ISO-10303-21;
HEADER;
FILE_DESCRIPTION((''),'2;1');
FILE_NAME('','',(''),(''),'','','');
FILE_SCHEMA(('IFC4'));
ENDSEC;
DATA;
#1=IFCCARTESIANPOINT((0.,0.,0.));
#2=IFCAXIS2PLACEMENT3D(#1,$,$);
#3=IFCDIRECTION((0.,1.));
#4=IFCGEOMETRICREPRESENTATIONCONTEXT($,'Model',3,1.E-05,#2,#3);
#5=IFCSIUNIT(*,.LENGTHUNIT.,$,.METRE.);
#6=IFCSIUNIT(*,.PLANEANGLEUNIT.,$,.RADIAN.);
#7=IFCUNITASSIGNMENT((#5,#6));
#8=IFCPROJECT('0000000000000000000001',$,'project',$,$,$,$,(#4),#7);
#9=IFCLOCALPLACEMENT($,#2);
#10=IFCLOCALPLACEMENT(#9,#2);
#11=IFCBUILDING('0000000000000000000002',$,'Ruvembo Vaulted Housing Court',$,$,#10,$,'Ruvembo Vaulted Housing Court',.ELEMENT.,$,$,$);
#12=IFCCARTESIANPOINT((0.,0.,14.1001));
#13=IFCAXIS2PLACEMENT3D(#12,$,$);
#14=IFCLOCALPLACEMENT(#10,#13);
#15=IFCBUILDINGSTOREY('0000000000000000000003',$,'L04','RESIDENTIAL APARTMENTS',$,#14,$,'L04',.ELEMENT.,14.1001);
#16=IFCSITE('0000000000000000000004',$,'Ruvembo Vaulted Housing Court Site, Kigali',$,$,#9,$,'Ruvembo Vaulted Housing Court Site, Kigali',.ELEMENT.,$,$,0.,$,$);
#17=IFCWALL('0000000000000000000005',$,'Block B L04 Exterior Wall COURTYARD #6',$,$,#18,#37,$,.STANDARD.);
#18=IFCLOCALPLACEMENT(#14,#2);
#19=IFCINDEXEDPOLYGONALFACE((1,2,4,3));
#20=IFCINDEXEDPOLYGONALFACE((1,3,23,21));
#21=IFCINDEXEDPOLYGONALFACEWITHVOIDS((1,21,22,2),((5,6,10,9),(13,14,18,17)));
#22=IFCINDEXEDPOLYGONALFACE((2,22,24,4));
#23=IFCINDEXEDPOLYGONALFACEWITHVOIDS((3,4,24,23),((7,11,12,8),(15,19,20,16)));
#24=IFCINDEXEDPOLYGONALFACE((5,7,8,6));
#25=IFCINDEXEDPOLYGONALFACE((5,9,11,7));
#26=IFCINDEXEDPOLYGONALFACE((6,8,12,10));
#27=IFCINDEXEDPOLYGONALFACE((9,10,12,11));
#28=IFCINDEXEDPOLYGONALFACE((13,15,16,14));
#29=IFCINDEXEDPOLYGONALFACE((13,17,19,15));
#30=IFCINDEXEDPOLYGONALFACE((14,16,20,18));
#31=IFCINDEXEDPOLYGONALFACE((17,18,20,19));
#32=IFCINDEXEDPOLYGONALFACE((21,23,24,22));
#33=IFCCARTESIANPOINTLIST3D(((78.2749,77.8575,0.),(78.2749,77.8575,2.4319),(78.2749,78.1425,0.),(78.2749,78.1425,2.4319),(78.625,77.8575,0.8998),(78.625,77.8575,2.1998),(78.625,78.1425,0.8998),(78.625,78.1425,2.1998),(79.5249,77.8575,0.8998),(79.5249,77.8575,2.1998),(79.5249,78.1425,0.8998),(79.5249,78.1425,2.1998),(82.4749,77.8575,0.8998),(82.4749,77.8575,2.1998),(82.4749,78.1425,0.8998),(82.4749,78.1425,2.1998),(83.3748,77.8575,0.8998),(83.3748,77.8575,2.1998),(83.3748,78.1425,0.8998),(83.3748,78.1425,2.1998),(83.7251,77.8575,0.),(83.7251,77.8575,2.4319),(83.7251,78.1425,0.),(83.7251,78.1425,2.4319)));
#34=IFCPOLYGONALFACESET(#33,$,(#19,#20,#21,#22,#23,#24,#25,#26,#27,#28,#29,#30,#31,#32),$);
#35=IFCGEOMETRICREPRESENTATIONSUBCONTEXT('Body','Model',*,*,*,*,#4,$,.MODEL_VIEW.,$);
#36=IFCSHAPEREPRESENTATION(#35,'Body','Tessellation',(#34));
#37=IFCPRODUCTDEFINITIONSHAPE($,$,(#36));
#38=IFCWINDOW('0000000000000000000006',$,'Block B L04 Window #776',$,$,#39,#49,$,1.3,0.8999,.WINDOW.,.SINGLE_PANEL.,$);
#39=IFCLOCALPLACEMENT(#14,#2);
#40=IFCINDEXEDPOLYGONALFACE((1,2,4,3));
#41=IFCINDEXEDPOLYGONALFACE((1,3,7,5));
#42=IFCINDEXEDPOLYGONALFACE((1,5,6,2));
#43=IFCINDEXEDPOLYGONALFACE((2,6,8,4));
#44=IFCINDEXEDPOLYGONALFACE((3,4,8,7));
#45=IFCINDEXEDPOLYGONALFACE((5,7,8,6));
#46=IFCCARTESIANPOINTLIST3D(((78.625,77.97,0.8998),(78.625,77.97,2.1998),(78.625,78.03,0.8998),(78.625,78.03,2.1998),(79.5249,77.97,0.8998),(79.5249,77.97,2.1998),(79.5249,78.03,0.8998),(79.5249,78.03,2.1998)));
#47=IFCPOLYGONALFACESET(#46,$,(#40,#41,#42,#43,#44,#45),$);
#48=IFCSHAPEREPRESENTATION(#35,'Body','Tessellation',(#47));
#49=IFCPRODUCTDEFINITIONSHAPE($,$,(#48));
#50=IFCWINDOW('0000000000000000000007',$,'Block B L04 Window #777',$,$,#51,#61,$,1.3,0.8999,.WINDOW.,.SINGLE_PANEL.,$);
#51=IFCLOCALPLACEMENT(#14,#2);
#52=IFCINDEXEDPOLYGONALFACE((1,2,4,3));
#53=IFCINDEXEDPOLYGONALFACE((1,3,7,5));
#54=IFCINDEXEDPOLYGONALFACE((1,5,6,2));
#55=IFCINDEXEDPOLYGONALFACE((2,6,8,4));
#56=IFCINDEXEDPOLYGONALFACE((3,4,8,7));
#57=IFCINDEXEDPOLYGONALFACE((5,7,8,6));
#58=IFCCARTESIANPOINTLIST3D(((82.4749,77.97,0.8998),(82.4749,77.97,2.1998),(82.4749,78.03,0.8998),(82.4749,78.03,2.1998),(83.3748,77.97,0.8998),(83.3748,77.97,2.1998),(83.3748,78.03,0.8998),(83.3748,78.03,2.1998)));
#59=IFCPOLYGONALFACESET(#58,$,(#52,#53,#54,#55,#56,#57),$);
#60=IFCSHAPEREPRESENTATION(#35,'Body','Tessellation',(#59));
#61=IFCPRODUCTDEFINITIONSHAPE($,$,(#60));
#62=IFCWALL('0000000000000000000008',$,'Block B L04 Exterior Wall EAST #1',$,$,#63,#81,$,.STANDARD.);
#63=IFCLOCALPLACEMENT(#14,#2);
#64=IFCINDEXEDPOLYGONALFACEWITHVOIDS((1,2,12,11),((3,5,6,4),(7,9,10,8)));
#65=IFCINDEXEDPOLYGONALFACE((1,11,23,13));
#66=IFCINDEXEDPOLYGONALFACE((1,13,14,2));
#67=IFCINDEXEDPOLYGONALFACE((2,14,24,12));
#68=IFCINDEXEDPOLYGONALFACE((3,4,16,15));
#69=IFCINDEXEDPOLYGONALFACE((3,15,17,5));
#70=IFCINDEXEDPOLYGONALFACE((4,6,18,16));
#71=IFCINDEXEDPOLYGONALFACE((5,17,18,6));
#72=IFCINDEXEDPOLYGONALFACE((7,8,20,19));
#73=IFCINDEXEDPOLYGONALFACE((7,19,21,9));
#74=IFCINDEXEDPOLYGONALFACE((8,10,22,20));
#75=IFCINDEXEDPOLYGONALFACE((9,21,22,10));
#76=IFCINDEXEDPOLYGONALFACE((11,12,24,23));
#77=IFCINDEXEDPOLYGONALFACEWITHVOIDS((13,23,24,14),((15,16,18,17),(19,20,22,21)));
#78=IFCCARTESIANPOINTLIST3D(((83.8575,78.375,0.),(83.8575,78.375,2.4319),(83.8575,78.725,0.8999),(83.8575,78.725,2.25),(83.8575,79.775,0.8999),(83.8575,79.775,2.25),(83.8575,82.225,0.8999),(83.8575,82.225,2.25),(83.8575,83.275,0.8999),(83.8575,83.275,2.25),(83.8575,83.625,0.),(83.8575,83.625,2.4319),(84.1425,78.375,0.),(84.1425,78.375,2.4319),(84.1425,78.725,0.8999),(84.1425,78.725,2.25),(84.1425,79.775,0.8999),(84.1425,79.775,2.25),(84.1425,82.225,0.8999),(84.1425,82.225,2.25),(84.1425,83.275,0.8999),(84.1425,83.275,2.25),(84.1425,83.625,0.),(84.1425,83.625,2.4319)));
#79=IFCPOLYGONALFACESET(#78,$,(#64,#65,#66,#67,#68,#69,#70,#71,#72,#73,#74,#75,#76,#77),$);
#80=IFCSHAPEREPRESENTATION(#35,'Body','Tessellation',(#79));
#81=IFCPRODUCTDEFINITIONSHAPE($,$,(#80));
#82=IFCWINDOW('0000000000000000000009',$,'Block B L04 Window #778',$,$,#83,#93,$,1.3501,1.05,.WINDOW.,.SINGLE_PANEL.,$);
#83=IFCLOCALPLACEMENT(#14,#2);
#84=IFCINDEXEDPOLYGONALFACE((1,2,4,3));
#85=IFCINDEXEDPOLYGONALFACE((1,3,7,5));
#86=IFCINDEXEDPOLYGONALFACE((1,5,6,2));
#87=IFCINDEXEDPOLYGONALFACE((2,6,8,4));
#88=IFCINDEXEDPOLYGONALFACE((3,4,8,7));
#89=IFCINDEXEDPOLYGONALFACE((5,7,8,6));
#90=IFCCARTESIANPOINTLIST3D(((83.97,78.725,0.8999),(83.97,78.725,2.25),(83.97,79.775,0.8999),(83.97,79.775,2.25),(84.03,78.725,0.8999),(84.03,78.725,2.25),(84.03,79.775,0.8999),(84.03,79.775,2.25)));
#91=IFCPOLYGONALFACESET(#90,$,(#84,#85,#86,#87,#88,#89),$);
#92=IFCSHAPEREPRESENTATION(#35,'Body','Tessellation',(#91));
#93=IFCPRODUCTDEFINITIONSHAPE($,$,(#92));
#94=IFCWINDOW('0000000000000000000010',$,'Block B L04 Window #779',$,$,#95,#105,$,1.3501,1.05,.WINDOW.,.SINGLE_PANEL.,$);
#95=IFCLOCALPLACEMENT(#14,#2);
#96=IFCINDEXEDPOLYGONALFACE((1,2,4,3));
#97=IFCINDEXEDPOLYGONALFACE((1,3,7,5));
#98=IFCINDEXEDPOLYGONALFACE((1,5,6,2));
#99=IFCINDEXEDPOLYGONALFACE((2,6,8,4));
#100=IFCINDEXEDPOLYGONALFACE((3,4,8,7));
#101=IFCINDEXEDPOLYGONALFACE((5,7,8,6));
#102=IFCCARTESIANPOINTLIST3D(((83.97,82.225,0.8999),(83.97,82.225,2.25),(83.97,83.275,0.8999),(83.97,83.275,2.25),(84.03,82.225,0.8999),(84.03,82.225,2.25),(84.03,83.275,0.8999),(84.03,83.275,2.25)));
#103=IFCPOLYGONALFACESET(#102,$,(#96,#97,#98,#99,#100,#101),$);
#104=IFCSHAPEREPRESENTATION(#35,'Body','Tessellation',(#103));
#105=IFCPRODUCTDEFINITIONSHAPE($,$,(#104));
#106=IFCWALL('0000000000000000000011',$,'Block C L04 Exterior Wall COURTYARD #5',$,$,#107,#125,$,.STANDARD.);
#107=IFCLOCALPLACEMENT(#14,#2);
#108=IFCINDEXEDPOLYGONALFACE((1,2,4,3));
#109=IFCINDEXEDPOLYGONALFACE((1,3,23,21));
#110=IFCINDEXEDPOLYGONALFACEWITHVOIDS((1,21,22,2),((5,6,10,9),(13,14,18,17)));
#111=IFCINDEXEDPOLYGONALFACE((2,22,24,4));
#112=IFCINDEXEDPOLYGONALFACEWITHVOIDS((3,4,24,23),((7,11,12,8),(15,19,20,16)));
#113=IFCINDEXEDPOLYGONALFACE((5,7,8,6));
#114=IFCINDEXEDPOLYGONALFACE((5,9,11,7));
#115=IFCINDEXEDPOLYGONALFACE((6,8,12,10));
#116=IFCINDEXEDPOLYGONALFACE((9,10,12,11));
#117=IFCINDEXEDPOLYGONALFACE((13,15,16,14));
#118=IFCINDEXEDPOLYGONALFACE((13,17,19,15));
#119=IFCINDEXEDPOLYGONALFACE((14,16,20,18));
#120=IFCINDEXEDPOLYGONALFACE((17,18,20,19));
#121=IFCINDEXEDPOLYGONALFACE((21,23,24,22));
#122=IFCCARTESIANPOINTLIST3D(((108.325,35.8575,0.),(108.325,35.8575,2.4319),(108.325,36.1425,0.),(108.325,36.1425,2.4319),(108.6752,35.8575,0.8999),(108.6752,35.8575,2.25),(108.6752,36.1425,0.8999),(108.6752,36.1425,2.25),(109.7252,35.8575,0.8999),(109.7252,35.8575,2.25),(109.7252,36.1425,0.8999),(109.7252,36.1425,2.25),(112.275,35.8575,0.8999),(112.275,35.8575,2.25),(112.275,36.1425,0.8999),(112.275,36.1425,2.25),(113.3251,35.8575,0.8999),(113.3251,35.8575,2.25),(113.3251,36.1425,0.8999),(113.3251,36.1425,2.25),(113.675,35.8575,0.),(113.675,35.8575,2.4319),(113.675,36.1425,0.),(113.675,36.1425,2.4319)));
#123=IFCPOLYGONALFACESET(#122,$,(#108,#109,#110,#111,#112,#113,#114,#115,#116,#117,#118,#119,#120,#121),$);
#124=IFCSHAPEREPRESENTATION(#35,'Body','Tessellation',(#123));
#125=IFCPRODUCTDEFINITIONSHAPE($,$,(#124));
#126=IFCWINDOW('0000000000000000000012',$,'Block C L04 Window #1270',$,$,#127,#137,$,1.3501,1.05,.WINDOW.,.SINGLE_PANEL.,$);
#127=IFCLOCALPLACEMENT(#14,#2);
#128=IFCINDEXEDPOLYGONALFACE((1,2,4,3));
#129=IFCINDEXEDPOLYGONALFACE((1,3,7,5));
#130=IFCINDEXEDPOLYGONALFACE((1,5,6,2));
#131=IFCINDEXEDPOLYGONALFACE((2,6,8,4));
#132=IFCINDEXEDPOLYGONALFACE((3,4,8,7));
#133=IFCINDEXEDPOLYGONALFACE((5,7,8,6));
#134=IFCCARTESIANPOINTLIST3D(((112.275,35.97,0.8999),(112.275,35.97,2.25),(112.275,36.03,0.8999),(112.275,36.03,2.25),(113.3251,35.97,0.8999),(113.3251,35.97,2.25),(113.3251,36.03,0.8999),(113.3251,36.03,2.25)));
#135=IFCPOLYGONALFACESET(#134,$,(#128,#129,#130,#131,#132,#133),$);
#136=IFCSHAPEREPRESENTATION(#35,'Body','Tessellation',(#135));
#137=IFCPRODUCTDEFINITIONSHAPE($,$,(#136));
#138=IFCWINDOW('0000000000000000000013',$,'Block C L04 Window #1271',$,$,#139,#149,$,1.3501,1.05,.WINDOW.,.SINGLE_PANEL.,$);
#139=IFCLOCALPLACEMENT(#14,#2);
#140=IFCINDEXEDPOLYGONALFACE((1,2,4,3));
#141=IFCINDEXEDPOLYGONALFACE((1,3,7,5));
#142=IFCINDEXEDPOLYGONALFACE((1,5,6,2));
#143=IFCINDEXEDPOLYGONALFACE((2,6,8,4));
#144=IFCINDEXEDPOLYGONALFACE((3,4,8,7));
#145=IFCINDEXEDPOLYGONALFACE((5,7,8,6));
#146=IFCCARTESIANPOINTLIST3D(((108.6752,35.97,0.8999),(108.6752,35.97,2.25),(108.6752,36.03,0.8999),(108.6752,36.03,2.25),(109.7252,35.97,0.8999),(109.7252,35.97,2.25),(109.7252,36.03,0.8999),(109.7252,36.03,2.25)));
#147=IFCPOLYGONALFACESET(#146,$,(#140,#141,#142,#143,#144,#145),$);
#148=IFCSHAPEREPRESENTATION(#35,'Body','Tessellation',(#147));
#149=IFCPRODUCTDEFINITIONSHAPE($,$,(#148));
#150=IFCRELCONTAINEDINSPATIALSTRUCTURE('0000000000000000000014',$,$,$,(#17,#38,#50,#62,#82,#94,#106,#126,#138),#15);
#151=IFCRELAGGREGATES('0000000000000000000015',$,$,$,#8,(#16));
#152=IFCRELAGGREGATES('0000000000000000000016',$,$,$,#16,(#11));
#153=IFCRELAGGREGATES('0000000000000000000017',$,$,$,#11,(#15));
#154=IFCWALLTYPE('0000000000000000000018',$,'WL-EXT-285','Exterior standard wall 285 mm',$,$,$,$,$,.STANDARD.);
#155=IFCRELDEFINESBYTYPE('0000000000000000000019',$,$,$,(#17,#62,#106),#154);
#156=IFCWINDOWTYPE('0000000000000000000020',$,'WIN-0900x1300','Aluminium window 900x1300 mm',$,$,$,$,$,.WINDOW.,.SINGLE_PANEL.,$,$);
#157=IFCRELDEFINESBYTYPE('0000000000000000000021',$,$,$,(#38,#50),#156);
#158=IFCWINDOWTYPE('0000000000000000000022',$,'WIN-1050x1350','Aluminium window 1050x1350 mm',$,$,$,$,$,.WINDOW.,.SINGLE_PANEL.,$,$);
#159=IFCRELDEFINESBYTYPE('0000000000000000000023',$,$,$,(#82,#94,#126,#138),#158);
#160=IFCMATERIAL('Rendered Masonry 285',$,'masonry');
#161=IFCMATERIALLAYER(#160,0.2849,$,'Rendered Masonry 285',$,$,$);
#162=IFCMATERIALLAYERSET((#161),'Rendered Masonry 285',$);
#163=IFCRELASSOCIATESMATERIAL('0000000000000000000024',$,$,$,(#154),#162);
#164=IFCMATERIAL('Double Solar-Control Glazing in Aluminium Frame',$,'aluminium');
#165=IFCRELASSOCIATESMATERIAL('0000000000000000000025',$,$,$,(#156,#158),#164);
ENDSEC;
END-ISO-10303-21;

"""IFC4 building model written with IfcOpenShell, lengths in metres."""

from ifc_helpers import new_model, si_unit, direction, frame, frame_2d, origin, place, context, subcontext, project, spatial, rectangle, extrude, material, layer, layer_set, type_object, element, fill, save


model = new_model("IFC4")

# Units and contexts
model_context = context("Model", 3, precision=1e-05, world=origin(), true_north=direction((0.0, 1.0)))
body_context = subcontext(model_context, "Body", "Model", "MODEL_VIEW")
ifc_project = project(units=[si_unit("LENGTHUNIT", "METRE"), si_unit("PLANEANGLEUNIT", "RADIAN")], contexts=[model_context])

# Site, building, storey
site_placement = place(None, origin())
site = spatial("IfcSite", under=ifc_project, at=site_placement, Name="Ruvembo Vaulted Housing Court Site, Kigali", LongName="Ruvembo Vaulted Housing Court Site, Kigali", CompositionType="ELEMENT", RefElevation=0.0)
building_placement = place(site_placement, origin())
building = spatial("IfcBuilding", under=site, at=building_placement, Name="Ruvembo Vaulted Housing Court", LongName="Ruvembo Vaulted Housing Court", CompositionType="ELEMENT")
storey_placement = place(building_placement, frame((0.0, 0.0, 14.1001)))
storey = spatial("IfcBuildingStorey", under=building, at=storey_placement, Name="L04", Description="RESIDENTIAL APARTMENTS", LongName="L04", CompositionType="ELEMENT", Elevation=14.1001)

# Walls, openings, windows
ifc_material_1 = material(Name="Rendered Masonry 285", Category="masonry")
ifc_layer = layer(ifc_material_1, 0.2849, Name="Rendered Masonry 285")
ifc_layer_set = layer_set([ifc_layer], Name="Rendered Masonry 285")
wall_type = type_object("IfcWallType", Name="WL-EXT-285", Description="Exterior standard wall 285 mm", PredefinedType="STANDARD", material=ifc_layer_set)
wall_1_placement = place(storey_placement, frame((78.2749, 78.0, 0.0), z_axis=(0.0, 0.0, 1.0), x_axis=(1.0, 0.0, 0.0)))
wall_1 = element("IfcWall", 1, at=wall_1_placement, inside=storey, type_object=wall_type, Name="Block B L04 Exterior Wall COURTYARD #6", PredefinedType="STANDARD", context=body_context, shape_type="SweptSolid", body=[
    extrude(rectangle(XDim=5.4502, YDim=0.2849, at=frame_2d((2.7251, 0.0))), origin(), (0.0, 0.0, 1.0), 2.4319),
])
opening_1_placement = place(wall_1_placement, frame((0.3501, 0.0, 0.8999)))
opening_1 = element("IfcOpeningElement", 2, at=opening_1_placement, cuts=wall_1, PredefinedType="OPENING", context=body_context, shape_type="SweptSolid", body=[
    extrude(rectangle(XDim=0.8999, YDim=1.3, at=frame_2d((0.45, 0.6499))), frame((0.0, 0.1523, 0.0), z_axis=(0.0, -1.0, 0.0), x_axis=(1.0, 0.0, 0.0)), (0.0, 0.0, 1.0), 0.3049),
])
opening_2_placement = place(wall_1_placement, frame((4.2, 0.0, 0.8999)))
opening_2 = element("IfcOpeningElement", 3, at=opening_2_placement, cuts=wall_1, PredefinedType="OPENING", context=body_context, shape_type="SweptSolid", body=[
    extrude(rectangle(XDim=0.8999, YDim=1.3, at=frame_2d((0.45, 0.6499))), frame((0.0, 0.1523, 0.0), z_axis=(0.0, -1.0, 0.0), x_axis=(1.0, 0.0, 0.0)), (0.0, 0.0, 1.0), 0.3049),
])
ifc_material_2 = material(Name="Double Solar-Control Glazing in Aluminium Frame", Category="aluminium")
window_type_1 = type_object("IfcWindowType", Name="WIN-0900x1300", Description="Aluminium window 900x1300 mm", PartitioningType="SINGLE_PANEL", PredefinedType="WINDOW", material=ifc_material_2)
window_1_placement = place(opening_1_placement, origin())
window_1 = element("IfcWindow", 4, at=window_1_placement, inside=storey, type_object=window_type_1, Name="Block B L04 Window #776", OverallHeight=1.3, OverallWidth=0.8999, PartitioningType="SINGLE_PANEL", PredefinedType="WINDOW", context=body_context, shape_type="SweptSolid", body=[
    extrude(rectangle(XDim=0.8999, YDim=1.3, at=frame_2d((0.45, 0.6499))), frame((0.0, 0.03, 0.0), z_axis=(0.0, -1.0, 0.0), x_axis=(1.0, 0.0, 0.0)), (0.0, 0.0, 1.0), 0.0601),
])
fill(opening_1, window_1)
window_2_placement = place(opening_2_placement, origin())
window_2 = element("IfcWindow", 5, at=window_2_placement, inside=storey, type_object=window_type_1, Name="Block B L04 Window #777", OverallHeight=1.3, OverallWidth=0.8999, PartitioningType="SINGLE_PANEL", PredefinedType="WINDOW", context=body_context, shape_type="SweptSolid", body=[
    extrude(rectangle(XDim=0.8999, YDim=1.3, at=frame_2d((0.45, 0.6499))), frame((0.0, 0.03, 0.0), z_axis=(0.0, -1.0, 0.0), x_axis=(1.0, 0.0, 0.0)), (0.0, 0.0, 1.0), 0.0601),
])
fill(opening_2, window_2)
wall_2_placement = place(storey_placement, frame((84.0, 78.375, 0.0), z_axis=(0.0, 0.0, 1.0), x_axis=(0.0, 1.0, 0.0)))
wall_2 = element("IfcWall", 6, at=wall_2_placement, inside=storey, type_object=wall_type, Name="Block B L04 Exterior Wall EAST #1", PredefinedType="STANDARD", context=body_context, shape_type="SweptSolid", body=[
    extrude(rectangle(XDim=5.25, YDim=0.2849, at=frame_2d((2.625, 0.0))), origin(), (0.0, 0.0, 1.0), 2.4319),
])
opening_3_placement = place(wall_2_placement, frame((0.3501, 0.0, 0.8999)))
opening_3 = element("IfcOpeningElement", 7, at=opening_3_placement, cuts=wall_2, PredefinedType="OPENING", context=body_context, shape_type="SweptSolid", body=[
    extrude(rectangle(XDim=1.05, YDim=1.3501, at=frame_2d((0.5249, 0.675))), frame((0.0, 0.1523, 0.0), z_axis=(0.0, -1.0, 0.0), x_axis=(1.0, 0.0, 0.0)), (0.0, 0.0, 1.0), 0.3049),
])
opening_4_placement = place(wall_2_placement, frame((3.8501, 0.0, 0.8999)))
opening_4 = element("IfcOpeningElement", 8, at=opening_4_placement, cuts=wall_2, PredefinedType="OPENING", context=body_context, shape_type="SweptSolid", body=[
    extrude(rectangle(XDim=1.05, YDim=1.3501, at=frame_2d((0.5249, 0.675))), frame((0.0, 0.1523, 0.0), z_axis=(0.0, -1.0, 0.0), x_axis=(1.0, 0.0, 0.0)), (0.0, 0.0, 1.0), 0.3049),
])
window_type_2 = type_object("IfcWindowType", Name="WIN-1050x1350", Description="Aluminium window 1050x1350 mm", PartitioningType="SINGLE_PANEL", PredefinedType="WINDOW", material=ifc_material_2)
window_3_placement = place(opening_3_placement, origin())
window_3 = element("IfcWindow", 9, at=window_3_placement, inside=storey, type_object=window_type_2, Name="Block B L04 Window #778", OverallHeight=1.3501, OverallWidth=1.05, PartitioningType="SINGLE_PANEL", PredefinedType="WINDOW", context=body_context, shape_type="SweptSolid", body=[
    extrude(rectangle(XDim=1.05, YDim=1.3501, at=frame_2d((0.5249, 0.675))), frame((0.0, 0.03, 0.0), z_axis=(0.0, -1.0, 0.0), x_axis=(1.0, 0.0, 0.0)), (0.0, 0.0, 1.0), 0.0601),
])
fill(opening_3, window_3)
window_4_placement = place(opening_4_placement, origin())
window_4 = element("IfcWindow", 10, at=window_4_placement, inside=storey, type_object=window_type_2, Name="Block B L04 Window #779", OverallHeight=1.3501, OverallWidth=1.05, PartitioningType="SINGLE_PANEL", PredefinedType="WINDOW", context=body_context, shape_type="SweptSolid", body=[
    extrude(rectangle(XDim=1.05, YDim=1.3501, at=frame_2d((0.5249, 0.675))), frame((0.0, 0.03, 0.0), z_axis=(0.0, -1.0, 0.0), x_axis=(1.0, 0.0, 0.0)), (0.0, 0.0, 1.0), 0.0601),
])
fill(opening_4, window_4)

# Wall, openings, windows
wall_3_placement = place(storey_placement, frame((113.675, 36.0, 0.0), z_axis=(0.0, 0.0, 1.0), x_axis=(-1.0, 0.0, 0.0)))
wall_3 = element("IfcWall", 11, at=wall_3_placement, inside=storey, type_object=wall_type, Name="Block C L04 Exterior Wall COURTYARD #5", PredefinedType="STANDARD", context=body_context, shape_type="SweptSolid", body=[
    extrude(rectangle(XDim=5.3501, YDim=0.2849, at=frame_2d((2.675, 0.0))), origin(), (0.0, 0.0, 1.0), 2.4319),
])
opening_5_placement = place(wall_3_placement, frame((0.3501, 0.0, 0.8999)))
opening_5 = element("IfcOpeningElement", 12, at=opening_5_placement, cuts=wall_3, PredefinedType="OPENING", context=body_context, shape_type="SweptSolid", body=[
    extrude(rectangle(XDim=1.05, YDim=1.3501, at=frame_2d((0.5249, 0.675))), frame((0.0, 0.1523, 0.0), z_axis=(0.0, -1.0, 0.0), x_axis=(1.0, 0.0, 0.0)), (0.0, 0.0, 1.0), 0.3049),
])
opening_6_placement = place(wall_3_placement, frame((3.95, 0.0, 0.8999)))
opening_6 = element("IfcOpeningElement", 13, at=opening_6_placement, cuts=wall_3, PredefinedType="OPENING", context=body_context, shape_type="SweptSolid", body=[
    extrude(rectangle(XDim=1.05, YDim=1.3501, at=frame_2d((0.5249, 0.675))), frame((0.0, 0.1523, 0.0), z_axis=(0.0, -1.0, 0.0), x_axis=(1.0, 0.0, 0.0)), (0.0, 0.0, 1.0), 0.3049),
])
window_5_placement = place(opening_5_placement, origin())
window_5 = element("IfcWindow", 14, at=window_5_placement, inside=storey, type_object=window_type_2, Name="Block C L04 Window #1270", OverallHeight=1.3501, OverallWidth=1.05, PartitioningType="SINGLE_PANEL", PredefinedType="WINDOW", context=body_context, shape_type="SweptSolid", body=[
    extrude(rectangle(XDim=1.05, YDim=1.3501, at=frame_2d((0.5249, 0.675))), frame((0.0, 0.03, 0.0), z_axis=(0.0, -1.0, 0.0), x_axis=(1.0, 0.0, 0.0)), (0.0, 0.0, 1.0), 0.0601),
])
fill(opening_5, window_5)
window_6_placement = place(opening_6_placement, origin())
window_6 = element("IfcWindow", 15, at=window_6_placement, inside=storey, type_object=window_type_2, Name="Block C L04 Window #1271", OverallHeight=1.3501, OverallWidth=1.05, PartitioningType="SINGLE_PANEL", PredefinedType="WINDOW", context=body_context, shape_type="SweptSolid", body=[
    extrude(rectangle(XDim=1.05, YDim=1.3501, at=frame_2d((0.5249, 0.675))), frame((0.0, 0.03, 0.0), z_axis=(0.0, -1.0, 0.0), x_axis=(1.0, 0.0, 0.0)), (0.0, 0.0, 1.0), 0.0601),
])
fill(opening_6, window_6)

save(model, "model.ifc")
